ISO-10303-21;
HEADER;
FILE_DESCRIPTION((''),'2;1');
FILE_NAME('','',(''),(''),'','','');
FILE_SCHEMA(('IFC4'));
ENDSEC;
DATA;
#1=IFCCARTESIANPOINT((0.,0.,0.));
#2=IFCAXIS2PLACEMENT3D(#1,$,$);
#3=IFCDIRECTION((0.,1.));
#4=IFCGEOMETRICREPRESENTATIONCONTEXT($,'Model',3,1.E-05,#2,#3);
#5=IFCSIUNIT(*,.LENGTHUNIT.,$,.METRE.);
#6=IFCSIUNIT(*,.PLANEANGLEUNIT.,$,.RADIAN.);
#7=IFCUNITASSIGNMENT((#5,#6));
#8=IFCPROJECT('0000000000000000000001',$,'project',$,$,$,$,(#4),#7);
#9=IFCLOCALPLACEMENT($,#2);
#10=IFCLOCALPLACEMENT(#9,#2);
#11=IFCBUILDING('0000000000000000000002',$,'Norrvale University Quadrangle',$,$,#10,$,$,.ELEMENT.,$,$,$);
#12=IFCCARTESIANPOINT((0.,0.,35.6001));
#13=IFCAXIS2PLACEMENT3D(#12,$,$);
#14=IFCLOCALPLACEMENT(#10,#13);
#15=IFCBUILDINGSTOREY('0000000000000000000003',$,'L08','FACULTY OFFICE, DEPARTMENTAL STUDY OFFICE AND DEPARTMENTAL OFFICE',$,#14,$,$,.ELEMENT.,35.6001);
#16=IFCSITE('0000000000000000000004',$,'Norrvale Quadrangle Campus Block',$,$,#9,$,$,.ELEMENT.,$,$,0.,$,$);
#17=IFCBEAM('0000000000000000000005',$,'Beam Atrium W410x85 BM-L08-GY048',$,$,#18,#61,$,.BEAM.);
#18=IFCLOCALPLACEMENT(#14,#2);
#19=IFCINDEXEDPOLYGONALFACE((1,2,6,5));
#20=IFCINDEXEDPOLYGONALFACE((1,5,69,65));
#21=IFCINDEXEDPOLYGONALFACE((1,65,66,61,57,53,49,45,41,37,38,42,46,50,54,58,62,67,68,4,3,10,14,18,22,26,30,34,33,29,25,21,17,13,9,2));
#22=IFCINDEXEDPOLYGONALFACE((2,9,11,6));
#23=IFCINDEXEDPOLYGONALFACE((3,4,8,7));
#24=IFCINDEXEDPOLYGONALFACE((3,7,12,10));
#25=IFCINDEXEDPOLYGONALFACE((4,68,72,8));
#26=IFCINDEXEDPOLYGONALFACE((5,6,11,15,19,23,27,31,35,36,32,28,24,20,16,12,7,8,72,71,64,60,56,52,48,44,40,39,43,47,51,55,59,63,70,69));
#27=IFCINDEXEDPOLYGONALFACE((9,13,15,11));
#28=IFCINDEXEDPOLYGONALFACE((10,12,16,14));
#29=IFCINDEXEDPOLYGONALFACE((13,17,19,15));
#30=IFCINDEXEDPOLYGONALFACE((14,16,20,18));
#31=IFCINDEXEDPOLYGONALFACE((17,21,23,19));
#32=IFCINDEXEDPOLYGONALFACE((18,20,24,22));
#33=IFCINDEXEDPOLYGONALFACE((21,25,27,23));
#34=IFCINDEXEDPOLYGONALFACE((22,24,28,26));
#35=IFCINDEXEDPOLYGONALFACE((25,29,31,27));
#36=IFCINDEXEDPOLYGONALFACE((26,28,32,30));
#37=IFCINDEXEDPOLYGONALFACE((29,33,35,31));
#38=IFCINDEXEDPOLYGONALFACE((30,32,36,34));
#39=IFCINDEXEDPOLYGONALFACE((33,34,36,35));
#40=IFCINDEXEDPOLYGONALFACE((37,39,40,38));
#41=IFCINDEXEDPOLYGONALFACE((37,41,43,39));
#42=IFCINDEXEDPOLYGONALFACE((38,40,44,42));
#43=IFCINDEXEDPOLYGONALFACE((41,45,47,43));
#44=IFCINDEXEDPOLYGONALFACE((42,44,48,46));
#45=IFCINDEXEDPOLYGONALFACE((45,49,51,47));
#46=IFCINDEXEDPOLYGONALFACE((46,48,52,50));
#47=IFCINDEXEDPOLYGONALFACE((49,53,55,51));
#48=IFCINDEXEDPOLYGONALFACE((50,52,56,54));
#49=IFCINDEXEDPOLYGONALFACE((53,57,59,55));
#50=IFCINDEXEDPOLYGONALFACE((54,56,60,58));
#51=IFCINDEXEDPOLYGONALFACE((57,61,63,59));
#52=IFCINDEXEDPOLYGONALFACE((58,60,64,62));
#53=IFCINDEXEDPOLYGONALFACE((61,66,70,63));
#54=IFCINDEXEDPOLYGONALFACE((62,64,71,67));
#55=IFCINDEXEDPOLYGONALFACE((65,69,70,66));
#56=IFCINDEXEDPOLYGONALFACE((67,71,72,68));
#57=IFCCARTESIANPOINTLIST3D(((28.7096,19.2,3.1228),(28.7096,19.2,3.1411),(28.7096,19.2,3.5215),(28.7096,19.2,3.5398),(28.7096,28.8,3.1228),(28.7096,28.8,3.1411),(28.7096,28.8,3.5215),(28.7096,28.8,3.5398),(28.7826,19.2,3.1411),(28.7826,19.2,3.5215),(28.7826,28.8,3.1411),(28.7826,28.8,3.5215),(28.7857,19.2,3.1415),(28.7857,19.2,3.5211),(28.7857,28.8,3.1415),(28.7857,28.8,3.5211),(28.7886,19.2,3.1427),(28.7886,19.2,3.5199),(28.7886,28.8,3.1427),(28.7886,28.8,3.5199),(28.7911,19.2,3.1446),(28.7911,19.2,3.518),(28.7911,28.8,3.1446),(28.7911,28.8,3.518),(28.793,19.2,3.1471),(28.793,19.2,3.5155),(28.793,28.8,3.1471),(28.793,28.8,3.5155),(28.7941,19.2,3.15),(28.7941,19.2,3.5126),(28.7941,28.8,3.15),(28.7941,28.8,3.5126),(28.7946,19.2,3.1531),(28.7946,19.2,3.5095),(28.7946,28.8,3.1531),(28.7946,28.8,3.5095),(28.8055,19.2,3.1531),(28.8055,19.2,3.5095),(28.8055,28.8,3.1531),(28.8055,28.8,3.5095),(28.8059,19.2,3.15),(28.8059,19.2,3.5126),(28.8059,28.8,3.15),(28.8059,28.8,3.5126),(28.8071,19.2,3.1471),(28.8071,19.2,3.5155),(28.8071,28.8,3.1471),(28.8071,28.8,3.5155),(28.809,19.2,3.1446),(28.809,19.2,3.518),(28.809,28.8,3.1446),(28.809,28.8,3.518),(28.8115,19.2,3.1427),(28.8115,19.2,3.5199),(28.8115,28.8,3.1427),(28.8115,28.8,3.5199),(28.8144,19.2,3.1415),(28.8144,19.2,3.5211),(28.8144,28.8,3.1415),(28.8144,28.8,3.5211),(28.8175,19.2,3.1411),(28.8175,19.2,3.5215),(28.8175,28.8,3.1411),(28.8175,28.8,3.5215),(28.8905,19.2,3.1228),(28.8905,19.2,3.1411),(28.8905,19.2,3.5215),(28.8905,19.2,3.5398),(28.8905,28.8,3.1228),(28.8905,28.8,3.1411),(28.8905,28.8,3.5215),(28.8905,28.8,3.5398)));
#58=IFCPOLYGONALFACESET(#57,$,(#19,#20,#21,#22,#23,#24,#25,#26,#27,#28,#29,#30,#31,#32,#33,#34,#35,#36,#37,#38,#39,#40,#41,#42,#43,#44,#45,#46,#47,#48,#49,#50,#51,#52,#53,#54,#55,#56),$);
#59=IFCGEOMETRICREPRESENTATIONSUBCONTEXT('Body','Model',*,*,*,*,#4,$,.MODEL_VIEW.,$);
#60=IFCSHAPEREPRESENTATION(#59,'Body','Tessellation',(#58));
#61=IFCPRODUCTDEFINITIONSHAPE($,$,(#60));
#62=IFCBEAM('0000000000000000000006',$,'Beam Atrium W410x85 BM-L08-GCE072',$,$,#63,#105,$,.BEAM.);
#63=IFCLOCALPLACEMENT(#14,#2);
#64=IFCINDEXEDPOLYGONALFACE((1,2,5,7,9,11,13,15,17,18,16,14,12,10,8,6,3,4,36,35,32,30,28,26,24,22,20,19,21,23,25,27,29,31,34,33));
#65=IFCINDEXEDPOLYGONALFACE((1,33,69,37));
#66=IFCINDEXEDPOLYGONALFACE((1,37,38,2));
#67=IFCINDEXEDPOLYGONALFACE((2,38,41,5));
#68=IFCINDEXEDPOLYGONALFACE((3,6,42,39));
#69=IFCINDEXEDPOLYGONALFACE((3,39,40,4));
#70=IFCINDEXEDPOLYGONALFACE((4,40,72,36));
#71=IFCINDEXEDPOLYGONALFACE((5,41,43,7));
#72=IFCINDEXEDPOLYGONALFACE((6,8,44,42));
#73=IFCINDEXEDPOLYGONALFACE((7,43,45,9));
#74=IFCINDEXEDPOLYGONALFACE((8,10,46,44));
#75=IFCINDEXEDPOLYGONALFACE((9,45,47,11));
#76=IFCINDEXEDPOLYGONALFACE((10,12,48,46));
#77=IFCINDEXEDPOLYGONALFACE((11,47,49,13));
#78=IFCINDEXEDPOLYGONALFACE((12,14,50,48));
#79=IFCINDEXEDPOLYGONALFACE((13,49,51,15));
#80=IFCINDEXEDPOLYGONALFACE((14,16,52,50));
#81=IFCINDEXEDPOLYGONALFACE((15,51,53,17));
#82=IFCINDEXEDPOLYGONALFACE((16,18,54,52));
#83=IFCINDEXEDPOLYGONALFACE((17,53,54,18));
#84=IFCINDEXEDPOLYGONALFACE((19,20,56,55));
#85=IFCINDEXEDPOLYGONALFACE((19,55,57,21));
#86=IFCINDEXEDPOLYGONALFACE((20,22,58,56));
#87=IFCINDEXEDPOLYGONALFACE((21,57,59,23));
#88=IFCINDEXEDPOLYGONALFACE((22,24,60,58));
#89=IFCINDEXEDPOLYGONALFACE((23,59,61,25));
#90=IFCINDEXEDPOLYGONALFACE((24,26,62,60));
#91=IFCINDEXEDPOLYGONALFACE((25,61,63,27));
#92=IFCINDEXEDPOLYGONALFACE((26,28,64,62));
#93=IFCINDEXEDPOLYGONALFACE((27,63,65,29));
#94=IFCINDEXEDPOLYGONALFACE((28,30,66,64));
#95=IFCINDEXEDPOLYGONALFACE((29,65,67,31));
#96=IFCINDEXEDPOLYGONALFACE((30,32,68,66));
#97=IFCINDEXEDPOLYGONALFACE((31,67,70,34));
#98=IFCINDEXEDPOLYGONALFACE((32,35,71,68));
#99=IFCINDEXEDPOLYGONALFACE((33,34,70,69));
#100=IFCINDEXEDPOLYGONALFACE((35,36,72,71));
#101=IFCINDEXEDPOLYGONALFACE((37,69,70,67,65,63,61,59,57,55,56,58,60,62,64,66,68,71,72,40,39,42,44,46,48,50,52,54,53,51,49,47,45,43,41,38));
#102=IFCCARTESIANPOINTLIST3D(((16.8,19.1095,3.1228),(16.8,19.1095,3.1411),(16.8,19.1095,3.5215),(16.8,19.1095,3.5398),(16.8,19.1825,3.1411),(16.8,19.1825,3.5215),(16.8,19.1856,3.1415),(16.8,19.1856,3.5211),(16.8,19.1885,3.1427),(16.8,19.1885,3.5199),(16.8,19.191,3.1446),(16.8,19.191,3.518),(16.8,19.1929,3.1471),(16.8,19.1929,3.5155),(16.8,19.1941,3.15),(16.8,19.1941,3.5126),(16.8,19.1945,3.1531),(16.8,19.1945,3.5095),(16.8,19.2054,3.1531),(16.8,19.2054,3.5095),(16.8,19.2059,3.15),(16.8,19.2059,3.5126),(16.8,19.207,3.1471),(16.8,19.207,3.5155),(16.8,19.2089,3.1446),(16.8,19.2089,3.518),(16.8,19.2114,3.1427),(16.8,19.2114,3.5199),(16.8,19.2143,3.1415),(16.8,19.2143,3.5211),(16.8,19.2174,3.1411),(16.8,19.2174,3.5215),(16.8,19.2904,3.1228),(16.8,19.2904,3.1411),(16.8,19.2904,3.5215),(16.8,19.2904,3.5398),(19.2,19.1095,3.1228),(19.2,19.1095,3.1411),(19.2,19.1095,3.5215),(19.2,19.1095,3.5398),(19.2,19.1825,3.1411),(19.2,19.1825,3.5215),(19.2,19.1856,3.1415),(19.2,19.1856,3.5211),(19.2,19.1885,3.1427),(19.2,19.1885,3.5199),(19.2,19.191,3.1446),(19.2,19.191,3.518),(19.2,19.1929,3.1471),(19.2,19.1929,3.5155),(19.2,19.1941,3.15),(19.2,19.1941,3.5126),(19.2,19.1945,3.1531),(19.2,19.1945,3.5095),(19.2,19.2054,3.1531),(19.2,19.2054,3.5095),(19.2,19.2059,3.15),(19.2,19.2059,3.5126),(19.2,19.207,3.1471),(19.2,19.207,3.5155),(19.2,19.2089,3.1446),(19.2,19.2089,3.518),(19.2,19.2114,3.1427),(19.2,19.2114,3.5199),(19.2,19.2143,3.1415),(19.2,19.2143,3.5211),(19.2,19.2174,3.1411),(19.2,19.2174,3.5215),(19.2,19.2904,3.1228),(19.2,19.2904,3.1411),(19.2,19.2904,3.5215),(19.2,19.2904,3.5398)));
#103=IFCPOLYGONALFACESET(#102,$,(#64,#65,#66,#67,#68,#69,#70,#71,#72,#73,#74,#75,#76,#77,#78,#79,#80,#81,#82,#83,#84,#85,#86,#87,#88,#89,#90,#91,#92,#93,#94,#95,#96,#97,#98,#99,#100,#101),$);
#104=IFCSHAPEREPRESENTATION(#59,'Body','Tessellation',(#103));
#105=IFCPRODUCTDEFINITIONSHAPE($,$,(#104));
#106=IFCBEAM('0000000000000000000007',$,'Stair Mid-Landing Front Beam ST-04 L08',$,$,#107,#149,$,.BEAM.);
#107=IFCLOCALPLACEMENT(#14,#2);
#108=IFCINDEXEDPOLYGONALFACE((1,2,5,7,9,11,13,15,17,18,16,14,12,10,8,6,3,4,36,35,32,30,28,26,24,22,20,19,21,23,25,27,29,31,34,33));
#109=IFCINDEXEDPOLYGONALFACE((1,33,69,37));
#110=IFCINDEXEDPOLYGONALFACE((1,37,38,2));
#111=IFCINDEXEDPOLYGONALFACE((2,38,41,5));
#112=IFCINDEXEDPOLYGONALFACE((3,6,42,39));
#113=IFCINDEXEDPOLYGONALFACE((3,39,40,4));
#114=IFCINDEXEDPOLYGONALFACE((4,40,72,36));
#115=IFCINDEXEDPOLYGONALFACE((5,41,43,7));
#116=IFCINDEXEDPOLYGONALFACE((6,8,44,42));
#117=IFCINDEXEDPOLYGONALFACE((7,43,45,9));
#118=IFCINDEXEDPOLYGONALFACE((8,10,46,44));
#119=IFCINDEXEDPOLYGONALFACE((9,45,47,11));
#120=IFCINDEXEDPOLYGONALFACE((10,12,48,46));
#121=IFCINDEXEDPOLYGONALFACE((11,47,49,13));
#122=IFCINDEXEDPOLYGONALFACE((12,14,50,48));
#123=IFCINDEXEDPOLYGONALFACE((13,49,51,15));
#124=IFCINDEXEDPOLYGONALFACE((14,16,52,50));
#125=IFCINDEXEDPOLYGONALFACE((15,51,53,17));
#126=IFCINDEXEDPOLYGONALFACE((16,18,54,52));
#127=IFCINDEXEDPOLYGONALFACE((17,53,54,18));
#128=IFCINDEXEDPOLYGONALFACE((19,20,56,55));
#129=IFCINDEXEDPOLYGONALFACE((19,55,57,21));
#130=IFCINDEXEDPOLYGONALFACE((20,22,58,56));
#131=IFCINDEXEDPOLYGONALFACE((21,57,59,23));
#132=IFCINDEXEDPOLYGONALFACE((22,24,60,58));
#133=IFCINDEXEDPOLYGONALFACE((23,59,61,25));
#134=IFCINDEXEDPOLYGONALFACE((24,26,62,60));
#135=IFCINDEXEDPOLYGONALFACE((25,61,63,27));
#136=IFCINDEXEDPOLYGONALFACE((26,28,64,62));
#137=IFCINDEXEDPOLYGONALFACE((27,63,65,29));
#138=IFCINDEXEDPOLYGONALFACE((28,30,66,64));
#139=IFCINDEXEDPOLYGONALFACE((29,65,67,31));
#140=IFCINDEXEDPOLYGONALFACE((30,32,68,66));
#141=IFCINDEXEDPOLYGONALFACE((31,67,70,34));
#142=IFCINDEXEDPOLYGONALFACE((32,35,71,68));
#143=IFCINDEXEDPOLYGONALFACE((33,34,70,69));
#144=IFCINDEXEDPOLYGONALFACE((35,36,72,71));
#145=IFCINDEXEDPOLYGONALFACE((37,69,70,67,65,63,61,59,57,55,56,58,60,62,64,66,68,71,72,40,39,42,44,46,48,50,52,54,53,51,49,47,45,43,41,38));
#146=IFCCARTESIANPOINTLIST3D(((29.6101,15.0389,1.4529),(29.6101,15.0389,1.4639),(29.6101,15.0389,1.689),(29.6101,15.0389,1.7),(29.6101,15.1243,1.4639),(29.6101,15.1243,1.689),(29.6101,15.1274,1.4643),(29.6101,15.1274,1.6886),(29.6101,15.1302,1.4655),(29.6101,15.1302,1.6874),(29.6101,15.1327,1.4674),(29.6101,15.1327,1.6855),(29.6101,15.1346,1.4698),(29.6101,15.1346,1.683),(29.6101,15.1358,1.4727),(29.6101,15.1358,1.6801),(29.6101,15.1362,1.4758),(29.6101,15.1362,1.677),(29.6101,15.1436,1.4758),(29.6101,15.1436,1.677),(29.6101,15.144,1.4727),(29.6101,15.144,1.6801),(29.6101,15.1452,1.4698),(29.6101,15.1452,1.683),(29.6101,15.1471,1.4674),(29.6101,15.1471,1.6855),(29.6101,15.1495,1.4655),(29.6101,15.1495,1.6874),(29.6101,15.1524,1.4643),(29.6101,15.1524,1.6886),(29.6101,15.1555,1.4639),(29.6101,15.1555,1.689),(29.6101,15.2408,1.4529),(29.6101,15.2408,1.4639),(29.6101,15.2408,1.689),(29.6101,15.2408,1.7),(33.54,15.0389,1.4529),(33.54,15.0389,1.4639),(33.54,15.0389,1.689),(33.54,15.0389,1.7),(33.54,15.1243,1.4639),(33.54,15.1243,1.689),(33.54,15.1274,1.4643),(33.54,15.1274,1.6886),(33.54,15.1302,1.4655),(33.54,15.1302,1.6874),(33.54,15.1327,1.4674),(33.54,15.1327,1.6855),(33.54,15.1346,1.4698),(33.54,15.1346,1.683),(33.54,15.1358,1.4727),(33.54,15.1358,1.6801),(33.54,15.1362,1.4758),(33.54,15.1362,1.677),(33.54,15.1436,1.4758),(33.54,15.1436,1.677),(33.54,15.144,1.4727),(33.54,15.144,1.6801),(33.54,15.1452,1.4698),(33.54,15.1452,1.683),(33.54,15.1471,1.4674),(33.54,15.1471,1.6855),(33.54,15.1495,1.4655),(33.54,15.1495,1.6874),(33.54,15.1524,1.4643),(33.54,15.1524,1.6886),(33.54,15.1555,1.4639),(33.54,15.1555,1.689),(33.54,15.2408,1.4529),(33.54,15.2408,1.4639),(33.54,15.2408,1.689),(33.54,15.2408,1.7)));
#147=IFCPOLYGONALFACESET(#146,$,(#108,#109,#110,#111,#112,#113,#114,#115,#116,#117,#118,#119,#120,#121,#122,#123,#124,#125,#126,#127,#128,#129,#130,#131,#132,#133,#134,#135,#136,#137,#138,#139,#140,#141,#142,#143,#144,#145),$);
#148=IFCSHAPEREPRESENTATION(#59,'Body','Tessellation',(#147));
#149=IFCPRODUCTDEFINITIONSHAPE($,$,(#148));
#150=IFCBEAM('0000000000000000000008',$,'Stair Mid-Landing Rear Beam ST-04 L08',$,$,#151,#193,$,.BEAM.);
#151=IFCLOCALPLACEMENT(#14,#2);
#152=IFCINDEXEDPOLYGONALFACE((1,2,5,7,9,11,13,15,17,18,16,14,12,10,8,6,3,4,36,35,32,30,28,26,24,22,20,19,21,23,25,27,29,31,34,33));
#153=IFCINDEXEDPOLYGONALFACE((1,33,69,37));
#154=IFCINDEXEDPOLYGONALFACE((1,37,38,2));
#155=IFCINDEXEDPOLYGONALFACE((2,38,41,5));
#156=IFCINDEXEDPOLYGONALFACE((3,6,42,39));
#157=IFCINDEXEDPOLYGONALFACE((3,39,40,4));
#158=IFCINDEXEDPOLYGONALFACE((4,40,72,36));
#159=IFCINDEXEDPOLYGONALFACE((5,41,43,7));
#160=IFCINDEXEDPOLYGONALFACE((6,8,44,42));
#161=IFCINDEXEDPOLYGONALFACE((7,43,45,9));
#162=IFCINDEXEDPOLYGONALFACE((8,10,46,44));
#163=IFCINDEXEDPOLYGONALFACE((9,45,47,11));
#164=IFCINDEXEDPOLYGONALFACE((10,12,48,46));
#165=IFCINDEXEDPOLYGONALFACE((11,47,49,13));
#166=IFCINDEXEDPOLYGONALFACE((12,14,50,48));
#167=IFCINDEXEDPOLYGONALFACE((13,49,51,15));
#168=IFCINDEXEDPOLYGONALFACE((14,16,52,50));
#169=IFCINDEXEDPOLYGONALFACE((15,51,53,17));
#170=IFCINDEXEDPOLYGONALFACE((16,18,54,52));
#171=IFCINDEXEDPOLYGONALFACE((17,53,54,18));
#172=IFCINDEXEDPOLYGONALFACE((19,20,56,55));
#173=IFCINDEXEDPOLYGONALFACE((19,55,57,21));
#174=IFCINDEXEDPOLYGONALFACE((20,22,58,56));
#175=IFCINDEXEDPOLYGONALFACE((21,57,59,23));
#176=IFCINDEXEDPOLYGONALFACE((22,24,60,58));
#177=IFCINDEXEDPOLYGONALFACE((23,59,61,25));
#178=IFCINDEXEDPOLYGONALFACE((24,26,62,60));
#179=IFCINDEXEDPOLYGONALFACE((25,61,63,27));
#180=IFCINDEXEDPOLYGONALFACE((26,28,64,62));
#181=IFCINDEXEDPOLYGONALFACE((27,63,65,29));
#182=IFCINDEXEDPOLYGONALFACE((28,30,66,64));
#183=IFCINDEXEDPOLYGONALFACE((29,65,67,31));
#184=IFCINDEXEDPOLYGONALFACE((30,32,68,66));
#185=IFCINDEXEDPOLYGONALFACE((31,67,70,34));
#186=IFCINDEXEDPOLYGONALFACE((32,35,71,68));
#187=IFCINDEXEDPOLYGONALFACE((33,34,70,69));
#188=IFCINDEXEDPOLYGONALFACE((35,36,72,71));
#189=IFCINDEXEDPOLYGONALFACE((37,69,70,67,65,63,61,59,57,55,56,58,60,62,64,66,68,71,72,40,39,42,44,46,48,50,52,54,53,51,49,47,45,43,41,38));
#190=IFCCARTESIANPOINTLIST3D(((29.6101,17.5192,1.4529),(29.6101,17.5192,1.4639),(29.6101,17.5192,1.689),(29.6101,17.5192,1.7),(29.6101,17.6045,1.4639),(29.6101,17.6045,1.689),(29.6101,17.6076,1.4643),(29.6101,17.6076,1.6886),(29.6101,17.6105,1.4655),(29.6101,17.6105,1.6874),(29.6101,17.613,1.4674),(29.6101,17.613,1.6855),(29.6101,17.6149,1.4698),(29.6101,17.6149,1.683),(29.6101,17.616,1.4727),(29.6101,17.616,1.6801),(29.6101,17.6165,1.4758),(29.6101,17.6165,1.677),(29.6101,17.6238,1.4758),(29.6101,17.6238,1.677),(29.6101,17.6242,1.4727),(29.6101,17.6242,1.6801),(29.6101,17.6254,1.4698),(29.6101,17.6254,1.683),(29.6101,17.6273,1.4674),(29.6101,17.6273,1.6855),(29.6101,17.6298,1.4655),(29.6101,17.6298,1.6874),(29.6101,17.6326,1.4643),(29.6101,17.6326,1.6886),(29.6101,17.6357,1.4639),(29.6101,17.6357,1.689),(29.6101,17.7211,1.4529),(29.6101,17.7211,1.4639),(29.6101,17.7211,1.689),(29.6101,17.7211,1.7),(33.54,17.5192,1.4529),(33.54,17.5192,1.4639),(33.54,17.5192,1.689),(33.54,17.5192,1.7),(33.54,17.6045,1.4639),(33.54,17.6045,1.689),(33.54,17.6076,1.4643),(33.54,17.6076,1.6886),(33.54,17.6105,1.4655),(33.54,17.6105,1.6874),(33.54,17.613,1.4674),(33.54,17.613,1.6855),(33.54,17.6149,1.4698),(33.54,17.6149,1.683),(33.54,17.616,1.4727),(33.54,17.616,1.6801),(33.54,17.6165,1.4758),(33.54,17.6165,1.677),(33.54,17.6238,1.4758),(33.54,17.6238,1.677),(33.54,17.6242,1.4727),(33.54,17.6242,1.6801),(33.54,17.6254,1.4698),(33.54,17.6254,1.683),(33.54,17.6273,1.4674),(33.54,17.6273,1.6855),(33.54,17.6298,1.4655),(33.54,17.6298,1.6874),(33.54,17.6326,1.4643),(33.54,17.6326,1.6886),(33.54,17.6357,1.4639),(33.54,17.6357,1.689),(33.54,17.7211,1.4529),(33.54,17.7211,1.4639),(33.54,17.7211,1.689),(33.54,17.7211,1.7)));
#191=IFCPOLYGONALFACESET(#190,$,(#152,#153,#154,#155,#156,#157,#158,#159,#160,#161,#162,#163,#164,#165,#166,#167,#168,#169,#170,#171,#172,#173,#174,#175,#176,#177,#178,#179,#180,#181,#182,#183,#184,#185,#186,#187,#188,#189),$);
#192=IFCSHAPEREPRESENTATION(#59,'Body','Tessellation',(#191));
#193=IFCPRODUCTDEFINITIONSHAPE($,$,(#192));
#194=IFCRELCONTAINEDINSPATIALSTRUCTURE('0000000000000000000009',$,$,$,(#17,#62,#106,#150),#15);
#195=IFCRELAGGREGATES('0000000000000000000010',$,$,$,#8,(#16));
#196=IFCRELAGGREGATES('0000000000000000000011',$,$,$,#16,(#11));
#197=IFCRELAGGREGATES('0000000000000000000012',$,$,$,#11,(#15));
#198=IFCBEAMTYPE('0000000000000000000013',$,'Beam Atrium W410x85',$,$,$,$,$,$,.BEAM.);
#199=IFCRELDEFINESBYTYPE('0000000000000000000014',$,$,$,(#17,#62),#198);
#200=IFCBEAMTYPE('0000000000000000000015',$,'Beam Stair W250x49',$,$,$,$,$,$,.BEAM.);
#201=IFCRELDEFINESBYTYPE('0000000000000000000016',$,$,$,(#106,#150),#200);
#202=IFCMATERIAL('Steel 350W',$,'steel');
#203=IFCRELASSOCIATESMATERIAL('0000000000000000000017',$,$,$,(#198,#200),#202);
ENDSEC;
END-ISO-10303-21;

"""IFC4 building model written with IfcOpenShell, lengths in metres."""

from ifc_helpers import new_model, si_unit, direction, frame, origin, origin_2d, place, context, subcontext, project, spatial, i_section, extrude, material, material_profile, profile_set, type_object, element, save


model = new_model("IFC4")

# Units and contexts
model_context = context("Model", 3, precision=1e-05, world=origin(), true_north=direction((0.0, 1.0)))
body_context = subcontext(model_context, "Body", "Model", "MODEL_VIEW")
ifc_project = project(units=[si_unit("LENGTHUNIT", "METRE"), si_unit("PLANEANGLEUNIT", "RADIAN")], contexts=[model_context])

# Site, building, storey
site_placement = place(None, origin())
site = spatial("IfcSite", under=ifc_project, at=site_placement, Name="Norrvale Quadrangle Campus Block", CompositionType="ELEMENT", RefElevation=0.0)
building_placement = place(site_placement, origin())
building = spatial("IfcBuilding", under=site, at=building_placement, Name="Norrvale University Quadrangle", CompositionType="ELEMENT")
storey_placement = place(building_placement, frame((0.0, 0.0, 35.6001)))
storey = spatial("IfcBuildingStorey", under=building, at=storey_placement, Name="L08", Description="FACULTY OFFICE, DEPARTMENTAL STUDY OFFICE AND DEPARTMENTAL OFFICE", CompositionType="ELEMENT", Elevation=35.6001)

# Beams
ifc_material_1 = material(Name="Steel 350W", Category="steel")
ifc_material_profile_1 = material_profile(ifc_material_1, i_section(OverallWidth=0.1809, OverallDepth=0.417, WebThickness=0.011, FlangeThickness=0.0183, FilletRadius=0.012, at=origin_2d()), Name="Steel 350W")
ifc_profile_set_1 = profile_set([ifc_material_profile_1], Name="Steel 350W")
beam_type_1 = type_object("IfcBeamType", Name="Beam Atrium W410x85", PredefinedType="BEAM", material=ifc_profile_set_1)
for number, where, z_axis, x_axis, name in (
    (1, (28.8, 19.2, 3.3313), (0.0, 1.0, 0.0), (-1.0, 0.0, 0.0), "Beam Atrium W410x85 BM-L08-GY048"),
):
    element("IfcBeam", number, at=place(storey_placement, frame(where, z_axis=z_axis, x_axis=x_axis)), inside=storey, type_object=beam_type_1, Name=name, PredefinedType="BEAM", context=body_context, shape_type="SweptSolid", body=[
        extrude(i_section(OverallWidth=0.1809, OverallDepth=0.417, WebThickness=0.011, FlangeThickness=0.0183, FilletRadius=0.012, at=origin_2d()), origin(), (0.0, 0.0, 1.0), 9.6001),
    ])
beam_1_placement = place(storey_placement, frame((16.8, 19.2, 3.3313), z_axis=(1.0, 0.0, 0.0), x_axis=(0.0, 1.0, 0.0)))
element("IfcBeam", 2, at=beam_1_placement, inside=storey, type_object=beam_type_1, Name="Beam Atrium W410x85 BM-L08-GCE072", PredefinedType="BEAM", context=body_context, shape_type="SweptSolid", body=[
    extrude(i_section(OverallWidth=0.1809, OverallDepth=0.417, WebThickness=0.011, FlangeThickness=0.0183, FilletRadius=0.012, at=origin_2d()), origin(), (0.0, 0.0, 1.0), 2.3999),
])
ifc_material_profile_2 = material_profile(ifc_material_1, i_section(OverallWidth=0.2019, OverallDepth=0.2471, WebThickness=0.0073, FlangeThickness=0.011, FilletRadius=0.012, at=origin_2d()), Name="Steel 350W")
ifc_profile_set_2 = profile_set([ifc_material_profile_2], Name="Steel 350W")
beam_type_2 = type_object("IfcBeamType", Name="Beam Stair W250x49", PredefinedType="BEAM", material=ifc_profile_set_2)
for number, where, z_axis, x_axis, name in (
    (3, (29.6101, 15.1399, 1.5764), (1.0, 0.0, 0.0), (0.0, 1.0, 0.0), "Stair Mid-Landing Front Beam ST-04 L08"),
    (4, (29.6101, 17.6201, 1.5764), (1.0, 0.0, 0.0), (0.0, 1.0, 0.0), "Stair Mid-Landing Rear Beam ST-04 L08"),
):
    element("IfcBeam", number, at=place(storey_placement, frame(where, z_axis=z_axis, x_axis=x_axis)), inside=storey, type_object=beam_type_2, Name=name, PredefinedType="BEAM", context=body_context, shape_type="SweptSolid", body=[
        extrude(i_section(OverallWidth=0.2019, OverallDepth=0.2471, WebThickness=0.0073, FlangeThickness=0.011, FilletRadius=0.012, at=origin_2d()), origin(), (0.0, 0.0, 1.0), 3.9299),
    ])

save(model, "model.ifc")
